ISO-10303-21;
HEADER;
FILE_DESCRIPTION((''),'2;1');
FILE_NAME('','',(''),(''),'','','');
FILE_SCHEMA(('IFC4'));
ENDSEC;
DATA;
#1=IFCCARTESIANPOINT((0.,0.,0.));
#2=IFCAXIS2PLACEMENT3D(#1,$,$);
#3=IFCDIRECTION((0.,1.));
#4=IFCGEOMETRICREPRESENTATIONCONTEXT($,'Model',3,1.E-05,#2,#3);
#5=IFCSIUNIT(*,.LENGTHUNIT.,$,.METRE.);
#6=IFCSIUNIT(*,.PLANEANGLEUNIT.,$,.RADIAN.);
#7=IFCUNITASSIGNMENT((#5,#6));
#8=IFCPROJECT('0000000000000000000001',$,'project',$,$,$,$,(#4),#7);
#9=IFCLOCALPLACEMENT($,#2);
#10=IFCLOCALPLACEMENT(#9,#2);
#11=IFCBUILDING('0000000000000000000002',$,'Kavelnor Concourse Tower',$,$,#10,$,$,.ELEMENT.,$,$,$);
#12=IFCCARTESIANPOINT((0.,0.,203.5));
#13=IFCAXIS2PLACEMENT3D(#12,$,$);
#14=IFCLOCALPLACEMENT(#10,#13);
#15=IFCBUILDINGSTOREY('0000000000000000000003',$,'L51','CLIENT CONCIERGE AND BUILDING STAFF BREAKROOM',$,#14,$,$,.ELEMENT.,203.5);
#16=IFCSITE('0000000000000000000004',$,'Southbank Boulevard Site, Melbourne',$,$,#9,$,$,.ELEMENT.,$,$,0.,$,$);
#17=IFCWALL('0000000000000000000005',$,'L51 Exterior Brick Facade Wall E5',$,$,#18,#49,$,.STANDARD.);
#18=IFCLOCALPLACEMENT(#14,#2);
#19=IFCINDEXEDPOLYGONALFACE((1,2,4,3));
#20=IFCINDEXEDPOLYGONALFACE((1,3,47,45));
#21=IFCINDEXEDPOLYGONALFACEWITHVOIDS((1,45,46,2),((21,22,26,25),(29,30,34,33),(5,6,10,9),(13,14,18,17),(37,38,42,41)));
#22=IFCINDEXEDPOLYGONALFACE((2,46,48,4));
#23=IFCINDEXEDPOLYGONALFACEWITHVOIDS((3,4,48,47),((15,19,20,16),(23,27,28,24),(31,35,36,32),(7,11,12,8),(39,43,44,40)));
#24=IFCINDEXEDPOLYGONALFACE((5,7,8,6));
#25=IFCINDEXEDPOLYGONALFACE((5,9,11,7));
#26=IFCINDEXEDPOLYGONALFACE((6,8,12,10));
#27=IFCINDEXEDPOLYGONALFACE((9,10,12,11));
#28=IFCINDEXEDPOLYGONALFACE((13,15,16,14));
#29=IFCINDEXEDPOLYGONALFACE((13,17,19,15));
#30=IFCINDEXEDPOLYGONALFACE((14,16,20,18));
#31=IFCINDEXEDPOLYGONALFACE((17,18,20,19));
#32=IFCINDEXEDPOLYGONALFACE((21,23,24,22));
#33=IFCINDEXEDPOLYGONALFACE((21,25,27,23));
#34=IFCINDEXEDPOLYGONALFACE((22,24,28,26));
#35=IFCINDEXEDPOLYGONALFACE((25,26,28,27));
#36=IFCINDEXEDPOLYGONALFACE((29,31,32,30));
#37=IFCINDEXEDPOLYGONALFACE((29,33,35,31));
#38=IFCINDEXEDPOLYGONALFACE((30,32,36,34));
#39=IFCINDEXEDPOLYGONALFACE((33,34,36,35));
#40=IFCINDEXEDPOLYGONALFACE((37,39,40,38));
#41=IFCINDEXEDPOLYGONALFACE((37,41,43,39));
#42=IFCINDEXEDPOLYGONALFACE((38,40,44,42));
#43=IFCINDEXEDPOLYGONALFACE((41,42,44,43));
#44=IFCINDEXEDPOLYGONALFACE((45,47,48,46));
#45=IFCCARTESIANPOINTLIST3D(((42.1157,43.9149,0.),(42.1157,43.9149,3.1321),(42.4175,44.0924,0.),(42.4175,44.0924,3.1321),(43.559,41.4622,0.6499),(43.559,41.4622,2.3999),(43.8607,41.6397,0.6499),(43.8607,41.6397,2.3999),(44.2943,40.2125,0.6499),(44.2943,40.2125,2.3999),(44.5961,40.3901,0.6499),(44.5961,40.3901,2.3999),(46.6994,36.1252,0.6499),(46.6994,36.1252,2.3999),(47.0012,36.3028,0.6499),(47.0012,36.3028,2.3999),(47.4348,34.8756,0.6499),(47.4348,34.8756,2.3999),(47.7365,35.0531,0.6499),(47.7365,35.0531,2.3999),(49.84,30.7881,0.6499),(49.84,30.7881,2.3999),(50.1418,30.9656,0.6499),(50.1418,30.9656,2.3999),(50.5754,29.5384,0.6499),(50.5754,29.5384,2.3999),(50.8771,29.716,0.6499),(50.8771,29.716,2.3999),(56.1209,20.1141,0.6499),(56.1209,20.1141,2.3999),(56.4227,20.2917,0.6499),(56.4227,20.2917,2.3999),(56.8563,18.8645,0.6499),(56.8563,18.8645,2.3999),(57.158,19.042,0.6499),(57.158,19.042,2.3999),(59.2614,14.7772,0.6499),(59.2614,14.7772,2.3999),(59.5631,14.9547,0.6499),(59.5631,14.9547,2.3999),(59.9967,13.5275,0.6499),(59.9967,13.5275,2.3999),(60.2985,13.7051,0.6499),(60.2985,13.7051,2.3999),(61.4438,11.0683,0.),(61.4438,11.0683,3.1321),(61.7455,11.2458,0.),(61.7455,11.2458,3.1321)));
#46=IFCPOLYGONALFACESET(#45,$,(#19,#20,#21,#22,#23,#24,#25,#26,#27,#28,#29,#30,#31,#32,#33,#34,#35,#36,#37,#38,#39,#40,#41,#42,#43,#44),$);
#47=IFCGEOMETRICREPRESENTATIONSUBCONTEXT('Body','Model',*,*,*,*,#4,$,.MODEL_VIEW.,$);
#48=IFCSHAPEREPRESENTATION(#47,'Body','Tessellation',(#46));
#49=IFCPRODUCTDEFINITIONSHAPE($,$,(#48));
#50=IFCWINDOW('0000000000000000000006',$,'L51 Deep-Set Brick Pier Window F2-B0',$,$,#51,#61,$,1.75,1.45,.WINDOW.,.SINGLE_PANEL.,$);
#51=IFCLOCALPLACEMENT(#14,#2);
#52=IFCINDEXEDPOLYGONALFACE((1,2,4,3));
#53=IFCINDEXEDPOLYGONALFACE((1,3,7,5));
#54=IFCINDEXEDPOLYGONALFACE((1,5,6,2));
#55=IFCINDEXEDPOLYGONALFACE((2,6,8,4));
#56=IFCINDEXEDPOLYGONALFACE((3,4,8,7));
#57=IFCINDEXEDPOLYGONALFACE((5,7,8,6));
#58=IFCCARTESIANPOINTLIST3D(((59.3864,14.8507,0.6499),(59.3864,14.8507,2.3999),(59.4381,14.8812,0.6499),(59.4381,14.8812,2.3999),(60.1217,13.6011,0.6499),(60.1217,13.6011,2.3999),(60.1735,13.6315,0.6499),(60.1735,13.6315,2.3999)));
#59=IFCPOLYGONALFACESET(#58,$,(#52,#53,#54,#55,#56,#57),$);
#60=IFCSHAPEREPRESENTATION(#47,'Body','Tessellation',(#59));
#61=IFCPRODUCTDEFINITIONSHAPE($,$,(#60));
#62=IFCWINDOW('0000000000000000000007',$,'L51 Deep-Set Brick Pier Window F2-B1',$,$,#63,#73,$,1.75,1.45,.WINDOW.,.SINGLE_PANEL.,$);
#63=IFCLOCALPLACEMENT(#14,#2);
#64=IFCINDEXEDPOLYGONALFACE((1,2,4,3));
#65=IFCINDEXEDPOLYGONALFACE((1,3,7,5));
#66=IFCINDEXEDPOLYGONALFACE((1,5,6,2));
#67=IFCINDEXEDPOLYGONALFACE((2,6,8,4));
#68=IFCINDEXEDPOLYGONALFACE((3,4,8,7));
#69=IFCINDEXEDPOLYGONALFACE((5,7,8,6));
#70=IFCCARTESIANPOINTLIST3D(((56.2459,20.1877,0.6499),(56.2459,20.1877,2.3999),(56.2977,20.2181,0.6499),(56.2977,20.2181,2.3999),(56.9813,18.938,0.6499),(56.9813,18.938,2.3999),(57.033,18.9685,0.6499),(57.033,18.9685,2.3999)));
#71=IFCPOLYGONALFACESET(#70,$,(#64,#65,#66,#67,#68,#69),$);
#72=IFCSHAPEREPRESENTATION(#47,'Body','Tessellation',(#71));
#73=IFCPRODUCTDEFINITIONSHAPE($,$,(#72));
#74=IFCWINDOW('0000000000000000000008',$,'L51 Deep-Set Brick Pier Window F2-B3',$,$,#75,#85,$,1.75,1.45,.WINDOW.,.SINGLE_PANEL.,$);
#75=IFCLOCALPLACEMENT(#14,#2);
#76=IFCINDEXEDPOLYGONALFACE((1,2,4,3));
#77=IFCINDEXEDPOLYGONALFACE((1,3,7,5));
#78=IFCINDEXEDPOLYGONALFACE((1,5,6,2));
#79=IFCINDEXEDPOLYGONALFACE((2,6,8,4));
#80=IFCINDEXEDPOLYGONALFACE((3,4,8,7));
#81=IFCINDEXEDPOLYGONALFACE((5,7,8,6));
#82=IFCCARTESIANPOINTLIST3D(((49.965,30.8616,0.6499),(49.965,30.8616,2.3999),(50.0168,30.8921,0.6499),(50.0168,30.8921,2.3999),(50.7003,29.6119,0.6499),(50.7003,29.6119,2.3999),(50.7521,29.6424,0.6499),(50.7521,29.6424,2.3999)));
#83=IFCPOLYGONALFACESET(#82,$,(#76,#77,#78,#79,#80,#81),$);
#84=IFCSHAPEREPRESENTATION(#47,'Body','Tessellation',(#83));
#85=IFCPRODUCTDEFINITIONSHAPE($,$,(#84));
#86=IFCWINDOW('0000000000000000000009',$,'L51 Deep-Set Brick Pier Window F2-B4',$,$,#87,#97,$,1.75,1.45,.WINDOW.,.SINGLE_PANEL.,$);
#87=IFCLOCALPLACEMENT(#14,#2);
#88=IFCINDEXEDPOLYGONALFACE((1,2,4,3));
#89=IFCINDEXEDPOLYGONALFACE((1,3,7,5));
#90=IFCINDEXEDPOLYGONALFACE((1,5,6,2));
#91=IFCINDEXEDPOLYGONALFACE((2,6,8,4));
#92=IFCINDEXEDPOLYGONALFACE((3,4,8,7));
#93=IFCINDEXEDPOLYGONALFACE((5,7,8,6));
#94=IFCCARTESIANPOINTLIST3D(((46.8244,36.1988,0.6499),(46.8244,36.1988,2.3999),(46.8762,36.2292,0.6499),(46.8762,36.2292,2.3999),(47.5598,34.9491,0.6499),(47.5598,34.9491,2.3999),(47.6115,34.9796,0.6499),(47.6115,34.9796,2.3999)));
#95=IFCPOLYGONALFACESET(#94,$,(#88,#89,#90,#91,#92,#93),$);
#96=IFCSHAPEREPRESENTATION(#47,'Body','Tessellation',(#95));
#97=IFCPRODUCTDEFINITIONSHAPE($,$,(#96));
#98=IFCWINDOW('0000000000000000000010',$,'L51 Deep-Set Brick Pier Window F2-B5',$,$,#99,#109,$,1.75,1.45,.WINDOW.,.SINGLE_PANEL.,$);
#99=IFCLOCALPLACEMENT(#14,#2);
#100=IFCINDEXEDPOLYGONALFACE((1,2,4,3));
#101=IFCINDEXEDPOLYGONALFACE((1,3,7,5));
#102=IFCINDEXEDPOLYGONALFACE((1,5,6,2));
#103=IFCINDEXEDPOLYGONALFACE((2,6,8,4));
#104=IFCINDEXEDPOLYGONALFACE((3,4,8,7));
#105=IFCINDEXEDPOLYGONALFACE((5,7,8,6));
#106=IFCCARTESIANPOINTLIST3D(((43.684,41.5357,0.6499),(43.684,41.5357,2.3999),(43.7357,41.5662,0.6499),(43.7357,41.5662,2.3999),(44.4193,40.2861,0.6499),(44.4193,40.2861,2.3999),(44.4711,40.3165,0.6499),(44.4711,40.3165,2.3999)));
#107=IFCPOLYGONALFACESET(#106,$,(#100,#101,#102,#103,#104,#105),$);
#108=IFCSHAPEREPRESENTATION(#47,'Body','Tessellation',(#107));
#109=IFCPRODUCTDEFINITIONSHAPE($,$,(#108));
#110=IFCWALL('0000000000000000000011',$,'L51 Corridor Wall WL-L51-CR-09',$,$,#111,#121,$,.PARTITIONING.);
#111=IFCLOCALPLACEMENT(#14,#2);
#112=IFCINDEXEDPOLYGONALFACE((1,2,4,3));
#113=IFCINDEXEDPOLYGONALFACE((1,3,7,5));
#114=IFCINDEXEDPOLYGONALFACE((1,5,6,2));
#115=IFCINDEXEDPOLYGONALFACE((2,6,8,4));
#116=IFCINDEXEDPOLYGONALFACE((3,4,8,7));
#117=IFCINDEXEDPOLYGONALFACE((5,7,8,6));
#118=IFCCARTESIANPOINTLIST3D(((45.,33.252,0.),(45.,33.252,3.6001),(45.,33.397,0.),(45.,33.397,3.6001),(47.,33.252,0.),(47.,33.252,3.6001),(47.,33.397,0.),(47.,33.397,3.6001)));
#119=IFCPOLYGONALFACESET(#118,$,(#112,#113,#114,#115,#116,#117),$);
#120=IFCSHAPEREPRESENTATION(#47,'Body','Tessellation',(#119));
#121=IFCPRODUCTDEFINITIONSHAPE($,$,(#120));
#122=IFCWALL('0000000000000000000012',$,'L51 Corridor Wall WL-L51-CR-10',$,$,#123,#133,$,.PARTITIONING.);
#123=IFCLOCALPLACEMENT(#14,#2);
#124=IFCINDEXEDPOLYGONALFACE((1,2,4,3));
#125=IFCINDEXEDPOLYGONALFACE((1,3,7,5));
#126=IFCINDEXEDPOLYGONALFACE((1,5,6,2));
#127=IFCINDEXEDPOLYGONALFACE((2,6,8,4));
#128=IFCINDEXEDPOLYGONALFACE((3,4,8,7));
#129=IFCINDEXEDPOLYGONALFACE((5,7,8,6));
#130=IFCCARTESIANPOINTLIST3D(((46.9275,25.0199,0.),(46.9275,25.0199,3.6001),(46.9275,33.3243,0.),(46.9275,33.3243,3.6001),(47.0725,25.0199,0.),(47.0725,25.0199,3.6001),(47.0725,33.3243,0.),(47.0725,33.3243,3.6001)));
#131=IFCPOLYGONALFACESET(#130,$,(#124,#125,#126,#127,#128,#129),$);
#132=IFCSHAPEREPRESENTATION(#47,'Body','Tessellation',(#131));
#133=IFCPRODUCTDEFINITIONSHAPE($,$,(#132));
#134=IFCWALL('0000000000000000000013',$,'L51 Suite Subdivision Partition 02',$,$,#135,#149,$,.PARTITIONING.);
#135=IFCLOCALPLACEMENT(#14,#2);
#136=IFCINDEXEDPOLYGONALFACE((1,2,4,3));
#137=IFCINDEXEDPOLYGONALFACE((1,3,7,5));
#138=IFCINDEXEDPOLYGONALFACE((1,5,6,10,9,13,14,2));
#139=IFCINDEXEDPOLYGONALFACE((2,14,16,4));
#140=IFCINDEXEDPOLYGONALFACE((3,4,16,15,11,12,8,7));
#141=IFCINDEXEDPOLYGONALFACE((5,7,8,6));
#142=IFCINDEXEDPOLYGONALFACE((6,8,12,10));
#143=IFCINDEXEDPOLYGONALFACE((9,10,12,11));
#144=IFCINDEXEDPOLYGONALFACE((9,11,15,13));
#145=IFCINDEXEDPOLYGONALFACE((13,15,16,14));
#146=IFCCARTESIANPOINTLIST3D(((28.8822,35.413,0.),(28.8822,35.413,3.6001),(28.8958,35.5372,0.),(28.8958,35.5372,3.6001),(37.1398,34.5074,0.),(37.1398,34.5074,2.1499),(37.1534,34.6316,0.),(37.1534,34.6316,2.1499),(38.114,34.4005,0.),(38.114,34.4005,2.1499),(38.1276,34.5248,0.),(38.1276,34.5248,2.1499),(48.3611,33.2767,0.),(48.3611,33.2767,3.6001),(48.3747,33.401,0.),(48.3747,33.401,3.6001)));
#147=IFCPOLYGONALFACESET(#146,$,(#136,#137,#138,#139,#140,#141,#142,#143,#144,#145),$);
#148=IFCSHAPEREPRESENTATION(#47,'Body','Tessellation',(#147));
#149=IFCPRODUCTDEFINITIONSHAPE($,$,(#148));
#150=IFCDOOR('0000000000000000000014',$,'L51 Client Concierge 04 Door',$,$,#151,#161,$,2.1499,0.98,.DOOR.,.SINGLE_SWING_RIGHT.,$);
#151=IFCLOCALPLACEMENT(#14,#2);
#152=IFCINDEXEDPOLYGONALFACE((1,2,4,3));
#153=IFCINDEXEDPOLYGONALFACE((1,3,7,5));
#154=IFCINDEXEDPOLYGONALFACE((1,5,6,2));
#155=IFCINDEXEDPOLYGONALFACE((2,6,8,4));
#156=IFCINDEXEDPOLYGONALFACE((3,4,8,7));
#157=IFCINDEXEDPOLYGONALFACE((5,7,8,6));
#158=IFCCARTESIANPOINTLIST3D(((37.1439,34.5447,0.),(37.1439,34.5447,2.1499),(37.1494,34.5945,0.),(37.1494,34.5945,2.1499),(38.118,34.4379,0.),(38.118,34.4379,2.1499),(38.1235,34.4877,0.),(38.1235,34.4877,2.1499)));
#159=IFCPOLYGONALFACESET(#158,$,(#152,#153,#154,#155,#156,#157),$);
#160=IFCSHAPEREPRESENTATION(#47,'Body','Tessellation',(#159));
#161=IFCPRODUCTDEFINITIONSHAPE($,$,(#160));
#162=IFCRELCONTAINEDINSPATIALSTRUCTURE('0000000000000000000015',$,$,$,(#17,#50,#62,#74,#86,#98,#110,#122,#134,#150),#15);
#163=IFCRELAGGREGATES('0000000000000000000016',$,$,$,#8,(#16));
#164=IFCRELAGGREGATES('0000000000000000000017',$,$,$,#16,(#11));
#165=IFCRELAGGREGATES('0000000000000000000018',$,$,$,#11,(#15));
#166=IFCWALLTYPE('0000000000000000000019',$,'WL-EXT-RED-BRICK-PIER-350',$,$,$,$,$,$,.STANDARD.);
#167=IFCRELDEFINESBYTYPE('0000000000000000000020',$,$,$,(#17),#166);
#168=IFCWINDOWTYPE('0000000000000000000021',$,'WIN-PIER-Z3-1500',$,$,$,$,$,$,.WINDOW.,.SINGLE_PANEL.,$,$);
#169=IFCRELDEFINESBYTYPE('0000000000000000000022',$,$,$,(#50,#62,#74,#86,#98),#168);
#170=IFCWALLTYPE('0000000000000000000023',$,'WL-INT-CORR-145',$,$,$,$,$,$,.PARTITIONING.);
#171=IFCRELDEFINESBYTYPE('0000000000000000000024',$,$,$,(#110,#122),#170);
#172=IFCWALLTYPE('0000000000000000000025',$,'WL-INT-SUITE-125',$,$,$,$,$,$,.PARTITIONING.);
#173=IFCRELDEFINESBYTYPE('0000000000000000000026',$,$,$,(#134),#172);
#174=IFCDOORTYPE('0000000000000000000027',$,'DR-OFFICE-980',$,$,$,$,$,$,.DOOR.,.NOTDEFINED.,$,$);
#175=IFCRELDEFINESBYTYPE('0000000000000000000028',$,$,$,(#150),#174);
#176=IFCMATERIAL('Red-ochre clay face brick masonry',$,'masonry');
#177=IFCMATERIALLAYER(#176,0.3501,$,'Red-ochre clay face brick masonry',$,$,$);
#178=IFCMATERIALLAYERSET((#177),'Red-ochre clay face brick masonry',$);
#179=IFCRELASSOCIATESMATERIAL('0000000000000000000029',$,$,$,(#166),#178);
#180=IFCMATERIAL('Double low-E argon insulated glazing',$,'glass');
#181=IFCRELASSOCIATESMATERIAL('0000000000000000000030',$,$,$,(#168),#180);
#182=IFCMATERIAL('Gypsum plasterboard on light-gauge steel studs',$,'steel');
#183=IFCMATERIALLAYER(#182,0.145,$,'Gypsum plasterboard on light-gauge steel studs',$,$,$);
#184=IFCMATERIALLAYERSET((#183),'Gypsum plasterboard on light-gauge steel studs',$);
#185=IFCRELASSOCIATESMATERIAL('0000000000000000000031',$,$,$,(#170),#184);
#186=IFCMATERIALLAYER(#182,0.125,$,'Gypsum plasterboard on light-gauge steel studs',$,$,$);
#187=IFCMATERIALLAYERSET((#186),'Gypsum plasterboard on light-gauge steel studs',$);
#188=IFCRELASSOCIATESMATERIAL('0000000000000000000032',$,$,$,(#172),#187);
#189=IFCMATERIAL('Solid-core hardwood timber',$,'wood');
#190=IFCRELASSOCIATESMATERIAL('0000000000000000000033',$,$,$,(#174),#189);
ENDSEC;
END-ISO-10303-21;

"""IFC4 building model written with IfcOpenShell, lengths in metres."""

from ifc_helpers import new_model, si_unit, direction, frame, frame_2d, origin, place, context, subcontext, project, spatial, rectangle, extrude, material, layer, layer_set, type_object, element, fill, save


model = new_model("IFC4")

# Units and contexts
model_context = context("Model", 3, precision=1e-05, world=origin(), true_north=direction((0.0, 1.0)))
body_context = subcontext(model_context, "Body", "Model", "MODEL_VIEW")
ifc_project = project(units=[si_unit("LENGTHUNIT", "METRE"), si_unit("PLANEANGLEUNIT", "RADIAN")], contexts=[model_context])

# Site, building, storey
site_placement = place(None, origin())
site = spatial("IfcSite", under=ifc_project, at=site_placement, Name="Southbank Boulevard Site, Melbourne", CompositionType="ELEMENT", RefElevation=0.0)
building_placement = place(site_placement, origin())
building = spatial("IfcBuilding", under=site, at=building_placement, Name="Kavelnor Concourse Tower", CompositionType="ELEMENT")
storey_placement = place(building_placement, frame((0.0, 0.0, 203.5)))
storey = spatial("IfcBuildingStorey", under=building, at=storey_placement, Name="L51", Description="CLIENT CONCIERGE AND BUILDING STAFF BREAKROOM", CompositionType="ELEMENT", Elevation=203.5)

# Wall, openings, windows
ifc_material_1 = material(Name="Red-ochre clay face brick masonry", Category="masonry")
ifc_layer_1 = layer(ifc_material_1, 0.3501, Name="Red-ochre clay face brick masonry")
ifc_layer_set_1 = layer_set([ifc_layer_1], Name="Red-ochre clay face brick masonry")
wall_type_1 = type_object("IfcWallType", Name="WL-EXT-RED-BRICK-PIER-350", PredefinedType="STANDARD", material=ifc_layer_set_1)
wall_1_placement = place(storey_placement, frame((42.2666, 44.0037, 0.0), z_axis=(0.0, 0.0, 1.0), x_axis=(0.507148, -0.861859, 0.0)))
wall_1 = element("IfcWall", 1, at=wall_1_placement, inside=storey, type_object=wall_type_1, Name="L51 Exterior Brick Facade Wall E5", PredefinedType="STANDARD", context=body_context, shape_type="SweptSolid", body=[
    extrude(rectangle(XDim=38.1113, YDim=0.3501, at=frame_2d((19.0557, 0.0))), origin(), (0.0, 0.0, 1.0), 3.1321),
])
opening_1_placement = place(wall_1_placement, frame((33.8079, 0.0, 0.6499)))
opening_1 = element("IfcOpeningElement", 2, at=opening_1_placement, cuts=wall_1, PredefinedType="OPENING", context=body_context, shape_type="SweptSolid", body=[
    extrude(rectangle(XDim=1.45, YDim=1.75, at=frame_2d((0.7251, 0.875))), frame((0.0, 0.1851, 0.0), z_axis=(0.0, -1.0, 0.0), x_axis=(1.0, 0.0, 0.0)), (0.0, 0.0, 1.0), 0.3701),
])
opening_2_placement = place(wall_1_placement, frame((27.6155, 0.0, 0.6499)))
opening_2 = element("IfcOpeningElement", 3, at=opening_2_placement, cuts=wall_1, PredefinedType="OPENING", context=body_context, shape_type="SweptSolid", body=[
    extrude(rectangle(XDim=1.45, YDim=1.75, at=frame_2d((0.7251, 0.875))), frame((0.0, 0.1851, 0.0), z_axis=(0.0, -1.0, 0.0), x_axis=(1.0, 0.0, 0.0)), (0.0, 0.0, 1.0), 0.3701),
])
opening_3_placement = place(wall_1_placement, frame((15.2307, 0.0, 0.6499)))
opening_3 = element("IfcOpeningElement", 4, at=opening_3_placement, cuts=wall_1, PredefinedType="OPENING", context=body_context, shape_type="SweptSolid", body=[
    extrude(rectangle(XDim=1.45, YDim=1.75, at=frame_2d((0.7251, 0.875))), frame((0.0, 0.1851, 0.0), z_axis=(0.0, -1.0, 0.0), x_axis=(1.0, 0.0, 0.0)), (0.0, 0.0, 1.0), 0.3701),
])
opening_4_placement = place(wall_1_placement, frame((9.0381, 0.0, 0.6499)))
opening_4 = element("IfcOpeningElement", 5, at=opening_4_placement, cuts=wall_1, PredefinedType="OPENING", context=body_context, shape_type="SweptSolid", body=[
    extrude(rectangle(XDim=1.45, YDim=1.75, at=frame_2d((0.7251, 0.875))), frame((0.0, 0.1851, 0.0), z_axis=(0.0, -1.0, 0.0), x_axis=(1.0, 0.0, 0.0)), (0.0, 0.0, 1.0), 0.3701),
])
opening_5_placement = place(wall_1_placement, frame((2.8457, 0.0, 0.6499)))
opening_5 = element("IfcOpeningElement", 6, at=opening_5_placement, cuts=wall_1, PredefinedType="OPENING", context=body_context, shape_type="SweptSolid", body=[
    extrude(rectangle(XDim=1.45, YDim=1.75, at=frame_2d((0.7251, 0.875))), frame((0.0, 0.1851, 0.0), z_axis=(0.0, -1.0, 0.0), x_axis=(1.0, 0.0, 0.0)), (0.0, 0.0, 1.0), 0.3701),
])
ifc_material_2 = material(Name="Double low-E argon insulated glazing", Category="glass")
window_type = type_object("IfcWindowType", Name="WIN-PIER-Z3-1500", PartitioningType="SINGLE_PANEL", PredefinedType="WINDOW", material=ifc_material_2)
window_1_placement = place(opening_1_placement, origin())
window_1 = element("IfcWindow", 7, at=window_1_placement, inside=storey, type_object=window_type, Name="L51 Deep-Set Brick Pier Window F2-B0", OverallHeight=1.75, OverallWidth=1.45, PartitioningType="SINGLE_PANEL", PredefinedType="WINDOW", context=body_context, shape_type="SweptSolid", body=[
    extrude(rectangle(XDim=1.45, YDim=1.75, at=frame_2d((0.7251, 0.875))), frame((0.0, 0.03, 0.0), z_axis=(0.0, -1.0, 0.0), x_axis=(1.0, 0.0, 0.0)), (0.0, 0.0, 1.0), 0.0601),
])
fill(opening_1, window_1)
window_2_placement = place(opening_2_placement, origin())
window_2 = element("IfcWindow", 8, at=window_2_placement, inside=storey, type_object=window_type, Name="L51 Deep-Set Brick Pier Window F2-B1", OverallHeight=1.75, OverallWidth=1.45, PartitioningType="SINGLE_PANEL", PredefinedType="WINDOW", context=body_context, shape_type="SweptSolid", body=[
    extrude(rectangle(XDim=1.45, YDim=1.75, at=frame_2d((0.7251, 0.875))), frame((0.0, 0.03, 0.0), z_axis=(0.0, -1.0, 0.0), x_axis=(1.0, 0.0, 0.0)), (0.0, 0.0, 1.0), 0.0601),
])
fill(opening_2, window_2)
window_3_placement = place(opening_3_placement, origin())
window_3 = element("IfcWindow", 9, at=window_3_placement, inside=storey, type_object=window_type, Name="L51 Deep-Set Brick Pier Window F2-B3", OverallHeight=1.75, OverallWidth=1.45, PartitioningType="SINGLE_PANEL", PredefinedType="WINDOW", context=body_context, shape_type="SweptSolid", body=[
    extrude(rectangle(XDim=1.45, YDim=1.75, at=frame_2d((0.7251, 0.875))), frame((0.0, 0.03, 0.0), z_axis=(0.0, -1.0, 0.0), x_axis=(1.0, 0.0, 0.0)), (0.0, 0.0, 1.0), 0.0601),
])
fill(opening_3, window_3)
window_4_placement = place(opening_4_placement, origin())
window_4 = element("IfcWindow", 10, at=window_4_placement, inside=storey, type_object=window_type, Name="L51 Deep-Set Brick Pier Window F2-B4", OverallHeight=1.75, OverallWidth=1.45, PartitioningType="SINGLE_PANEL", PredefinedType="WINDOW", context=body_context, shape_type="SweptSolid", body=[
    extrude(rectangle(XDim=1.45, YDim=1.75, at=frame_2d((0.7251, 0.875))), frame((0.0, 0.03, 0.0), z_axis=(0.0, -1.0, 0.0), x_axis=(1.0, 0.0, 0.0)), (0.0, 0.0, 1.0), 0.0601),
])
fill(opening_4, window_4)
window_5_placement = place(opening_5_placement, origin())
window_5 = element("IfcWindow", 11, at=window_5_placement, inside=storey, type_object=window_type, Name="L51 Deep-Set Brick Pier Window F2-B5", OverallHeight=1.75, OverallWidth=1.45, PartitioningType="SINGLE_PANEL", PredefinedType="WINDOW", context=body_context, shape_type="SweptSolid", body=[
    extrude(rectangle(XDim=1.45, YDim=1.75, at=frame_2d((0.7251, 0.875))), frame((0.0, 0.03, 0.0), z_axis=(0.0, -1.0, 0.0), x_axis=(1.0, 0.0, 0.0)), (0.0, 0.0, 1.0), 0.0601),
])
fill(opening_5, window_5)

# Walls
ifc_material_3 = material(Name="Gypsum plasterboard on light-gauge steel studs", Category="steel")
ifc_layer_2 = layer(ifc_material_3, 0.145, Name="Gypsum plasterboard on light-gauge steel studs")
ifc_layer_set_2 = layer_set([ifc_layer_2], Name="Gypsum plasterboard on light-gauge steel studs")
wall_type_2 = type_object("IfcWallType", Name="WL-INT-CORR-145", PredefinedType="PARTITIONING", material=ifc_layer_set_2)
wall_2_placement = place(storey_placement, frame((45.0, 33.3245, 0.0), z_axis=(0.0, 0.0, 1.0), x_axis=(1.0, 0.0, 0.0)))
element("IfcWall", 12, at=wall_2_placement, inside=storey, type_object=wall_type_2, Name="L51 Corridor Wall WL-L51-CR-09", PredefinedType="PARTITIONING", context=body_context, shape_type="SweptSolid", body=[
    extrude(rectangle(XDim=2.0, YDim=0.145, at=frame_2d((1.0, 0.0))), origin(), (0.0, 0.0, 1.0), 3.6001),
])
wall_3_placement = place(storey_placement, frame((47.0, 33.3245, 0.0), z_axis=(0.0, 0.0, 1.0), x_axis=(0.0, -1.0, 0.0)))
element("IfcWall", 13, at=wall_3_placement, inside=storey, type_object=wall_type_2, Name="L51 Corridor Wall WL-L51-CR-10", PredefinedType="PARTITIONING", context=body_context, shape_type="SweptSolid", body=[
    extrude(rectangle(XDim=8.3044, YDim=0.145, at=frame_2d((4.1523, 0.0))), origin(), (0.0, 0.0, 1.0), 3.6001),
])

# Wall, opening, door
ifc_layer_3 = layer(ifc_material_3, 0.125, Name="Gypsum plasterboard on light-gauge steel studs")
ifc_layer_set_3 = layer_set([ifc_layer_3], Name="Gypsum plasterboard on light-gauge steel studs")
wall_type_3 = type_object("IfcWallType", Name="WL-INT-SUITE-125", PredefinedType="PARTITIONING", material=ifc_layer_set_3)
wall_4_placement = place(storey_placement, frame((48.3679, 33.3389, 0.0), z_axis=(0.0, 0.0, 1.0), x_axis=(-0.99404, 0.109015, 0.0)))
wall_4 = element("IfcWall", 14, at=wall_4_placement, inside=storey, type_object=wall_type_3, Name="L51 Suite Subdivision Partition 02", PredefinedType="PARTITIONING", context=body_context, shape_type="SweptSolid", body=[
    extrude(rectangle(XDim=19.5957, YDim=0.125, at=frame_2d((9.7979, 0.0))), origin(), (0.0, 0.0, 1.0), 3.6001),
])
opening_6_placement = place(wall_4_placement, frame((10.3086, 0.0, 0.0)))
opening_6 = element("IfcOpeningElement", 15, at=opening_6_placement, cuts=wall_4, PredefinedType="OPENING", context=body_context, shape_type="SweptSolid", body=[
    extrude(rectangle(XDim=0.98, YDim=2.1499, at=frame_2d((0.49, 1.075))), frame((0.0, 0.0725, 0.0), z_axis=(0.0, -1.0, 0.0), x_axis=(1.0, 0.0, 0.0)), (0.0, 0.0, 1.0), 0.145),
])
ifc_material_4 = material(Name="Solid-core hardwood timber", Category="wood")
door_type = type_object("IfcDoorType", Name="DR-OFFICE-980", OperationType="NOTDEFINED", PredefinedType="DOOR", material=ifc_material_4)
door_placement = place(opening_6_placement, origin())
door = element("IfcDoor", 16, at=door_placement, inside=storey, type_object=door_type, Name="L51 Client Concierge 04 Door", OperationType="SINGLE_SWING_RIGHT", OverallHeight=2.1499, OverallWidth=0.98, PredefinedType="DOOR", context=body_context, shape_type="SweptSolid", body=[
    extrude(rectangle(XDim=0.98, YDim=2.1499, at=frame_2d((0.49, 1.075))), frame((0.0, 0.0249, 0.0), z_axis=(0.0, -1.0, 0.0), x_axis=(1.0, 0.0, 0.0)), (0.0, 0.0, 1.0), 0.05),
])
fill(opening_6, door)

save(model, "model.ifc")
